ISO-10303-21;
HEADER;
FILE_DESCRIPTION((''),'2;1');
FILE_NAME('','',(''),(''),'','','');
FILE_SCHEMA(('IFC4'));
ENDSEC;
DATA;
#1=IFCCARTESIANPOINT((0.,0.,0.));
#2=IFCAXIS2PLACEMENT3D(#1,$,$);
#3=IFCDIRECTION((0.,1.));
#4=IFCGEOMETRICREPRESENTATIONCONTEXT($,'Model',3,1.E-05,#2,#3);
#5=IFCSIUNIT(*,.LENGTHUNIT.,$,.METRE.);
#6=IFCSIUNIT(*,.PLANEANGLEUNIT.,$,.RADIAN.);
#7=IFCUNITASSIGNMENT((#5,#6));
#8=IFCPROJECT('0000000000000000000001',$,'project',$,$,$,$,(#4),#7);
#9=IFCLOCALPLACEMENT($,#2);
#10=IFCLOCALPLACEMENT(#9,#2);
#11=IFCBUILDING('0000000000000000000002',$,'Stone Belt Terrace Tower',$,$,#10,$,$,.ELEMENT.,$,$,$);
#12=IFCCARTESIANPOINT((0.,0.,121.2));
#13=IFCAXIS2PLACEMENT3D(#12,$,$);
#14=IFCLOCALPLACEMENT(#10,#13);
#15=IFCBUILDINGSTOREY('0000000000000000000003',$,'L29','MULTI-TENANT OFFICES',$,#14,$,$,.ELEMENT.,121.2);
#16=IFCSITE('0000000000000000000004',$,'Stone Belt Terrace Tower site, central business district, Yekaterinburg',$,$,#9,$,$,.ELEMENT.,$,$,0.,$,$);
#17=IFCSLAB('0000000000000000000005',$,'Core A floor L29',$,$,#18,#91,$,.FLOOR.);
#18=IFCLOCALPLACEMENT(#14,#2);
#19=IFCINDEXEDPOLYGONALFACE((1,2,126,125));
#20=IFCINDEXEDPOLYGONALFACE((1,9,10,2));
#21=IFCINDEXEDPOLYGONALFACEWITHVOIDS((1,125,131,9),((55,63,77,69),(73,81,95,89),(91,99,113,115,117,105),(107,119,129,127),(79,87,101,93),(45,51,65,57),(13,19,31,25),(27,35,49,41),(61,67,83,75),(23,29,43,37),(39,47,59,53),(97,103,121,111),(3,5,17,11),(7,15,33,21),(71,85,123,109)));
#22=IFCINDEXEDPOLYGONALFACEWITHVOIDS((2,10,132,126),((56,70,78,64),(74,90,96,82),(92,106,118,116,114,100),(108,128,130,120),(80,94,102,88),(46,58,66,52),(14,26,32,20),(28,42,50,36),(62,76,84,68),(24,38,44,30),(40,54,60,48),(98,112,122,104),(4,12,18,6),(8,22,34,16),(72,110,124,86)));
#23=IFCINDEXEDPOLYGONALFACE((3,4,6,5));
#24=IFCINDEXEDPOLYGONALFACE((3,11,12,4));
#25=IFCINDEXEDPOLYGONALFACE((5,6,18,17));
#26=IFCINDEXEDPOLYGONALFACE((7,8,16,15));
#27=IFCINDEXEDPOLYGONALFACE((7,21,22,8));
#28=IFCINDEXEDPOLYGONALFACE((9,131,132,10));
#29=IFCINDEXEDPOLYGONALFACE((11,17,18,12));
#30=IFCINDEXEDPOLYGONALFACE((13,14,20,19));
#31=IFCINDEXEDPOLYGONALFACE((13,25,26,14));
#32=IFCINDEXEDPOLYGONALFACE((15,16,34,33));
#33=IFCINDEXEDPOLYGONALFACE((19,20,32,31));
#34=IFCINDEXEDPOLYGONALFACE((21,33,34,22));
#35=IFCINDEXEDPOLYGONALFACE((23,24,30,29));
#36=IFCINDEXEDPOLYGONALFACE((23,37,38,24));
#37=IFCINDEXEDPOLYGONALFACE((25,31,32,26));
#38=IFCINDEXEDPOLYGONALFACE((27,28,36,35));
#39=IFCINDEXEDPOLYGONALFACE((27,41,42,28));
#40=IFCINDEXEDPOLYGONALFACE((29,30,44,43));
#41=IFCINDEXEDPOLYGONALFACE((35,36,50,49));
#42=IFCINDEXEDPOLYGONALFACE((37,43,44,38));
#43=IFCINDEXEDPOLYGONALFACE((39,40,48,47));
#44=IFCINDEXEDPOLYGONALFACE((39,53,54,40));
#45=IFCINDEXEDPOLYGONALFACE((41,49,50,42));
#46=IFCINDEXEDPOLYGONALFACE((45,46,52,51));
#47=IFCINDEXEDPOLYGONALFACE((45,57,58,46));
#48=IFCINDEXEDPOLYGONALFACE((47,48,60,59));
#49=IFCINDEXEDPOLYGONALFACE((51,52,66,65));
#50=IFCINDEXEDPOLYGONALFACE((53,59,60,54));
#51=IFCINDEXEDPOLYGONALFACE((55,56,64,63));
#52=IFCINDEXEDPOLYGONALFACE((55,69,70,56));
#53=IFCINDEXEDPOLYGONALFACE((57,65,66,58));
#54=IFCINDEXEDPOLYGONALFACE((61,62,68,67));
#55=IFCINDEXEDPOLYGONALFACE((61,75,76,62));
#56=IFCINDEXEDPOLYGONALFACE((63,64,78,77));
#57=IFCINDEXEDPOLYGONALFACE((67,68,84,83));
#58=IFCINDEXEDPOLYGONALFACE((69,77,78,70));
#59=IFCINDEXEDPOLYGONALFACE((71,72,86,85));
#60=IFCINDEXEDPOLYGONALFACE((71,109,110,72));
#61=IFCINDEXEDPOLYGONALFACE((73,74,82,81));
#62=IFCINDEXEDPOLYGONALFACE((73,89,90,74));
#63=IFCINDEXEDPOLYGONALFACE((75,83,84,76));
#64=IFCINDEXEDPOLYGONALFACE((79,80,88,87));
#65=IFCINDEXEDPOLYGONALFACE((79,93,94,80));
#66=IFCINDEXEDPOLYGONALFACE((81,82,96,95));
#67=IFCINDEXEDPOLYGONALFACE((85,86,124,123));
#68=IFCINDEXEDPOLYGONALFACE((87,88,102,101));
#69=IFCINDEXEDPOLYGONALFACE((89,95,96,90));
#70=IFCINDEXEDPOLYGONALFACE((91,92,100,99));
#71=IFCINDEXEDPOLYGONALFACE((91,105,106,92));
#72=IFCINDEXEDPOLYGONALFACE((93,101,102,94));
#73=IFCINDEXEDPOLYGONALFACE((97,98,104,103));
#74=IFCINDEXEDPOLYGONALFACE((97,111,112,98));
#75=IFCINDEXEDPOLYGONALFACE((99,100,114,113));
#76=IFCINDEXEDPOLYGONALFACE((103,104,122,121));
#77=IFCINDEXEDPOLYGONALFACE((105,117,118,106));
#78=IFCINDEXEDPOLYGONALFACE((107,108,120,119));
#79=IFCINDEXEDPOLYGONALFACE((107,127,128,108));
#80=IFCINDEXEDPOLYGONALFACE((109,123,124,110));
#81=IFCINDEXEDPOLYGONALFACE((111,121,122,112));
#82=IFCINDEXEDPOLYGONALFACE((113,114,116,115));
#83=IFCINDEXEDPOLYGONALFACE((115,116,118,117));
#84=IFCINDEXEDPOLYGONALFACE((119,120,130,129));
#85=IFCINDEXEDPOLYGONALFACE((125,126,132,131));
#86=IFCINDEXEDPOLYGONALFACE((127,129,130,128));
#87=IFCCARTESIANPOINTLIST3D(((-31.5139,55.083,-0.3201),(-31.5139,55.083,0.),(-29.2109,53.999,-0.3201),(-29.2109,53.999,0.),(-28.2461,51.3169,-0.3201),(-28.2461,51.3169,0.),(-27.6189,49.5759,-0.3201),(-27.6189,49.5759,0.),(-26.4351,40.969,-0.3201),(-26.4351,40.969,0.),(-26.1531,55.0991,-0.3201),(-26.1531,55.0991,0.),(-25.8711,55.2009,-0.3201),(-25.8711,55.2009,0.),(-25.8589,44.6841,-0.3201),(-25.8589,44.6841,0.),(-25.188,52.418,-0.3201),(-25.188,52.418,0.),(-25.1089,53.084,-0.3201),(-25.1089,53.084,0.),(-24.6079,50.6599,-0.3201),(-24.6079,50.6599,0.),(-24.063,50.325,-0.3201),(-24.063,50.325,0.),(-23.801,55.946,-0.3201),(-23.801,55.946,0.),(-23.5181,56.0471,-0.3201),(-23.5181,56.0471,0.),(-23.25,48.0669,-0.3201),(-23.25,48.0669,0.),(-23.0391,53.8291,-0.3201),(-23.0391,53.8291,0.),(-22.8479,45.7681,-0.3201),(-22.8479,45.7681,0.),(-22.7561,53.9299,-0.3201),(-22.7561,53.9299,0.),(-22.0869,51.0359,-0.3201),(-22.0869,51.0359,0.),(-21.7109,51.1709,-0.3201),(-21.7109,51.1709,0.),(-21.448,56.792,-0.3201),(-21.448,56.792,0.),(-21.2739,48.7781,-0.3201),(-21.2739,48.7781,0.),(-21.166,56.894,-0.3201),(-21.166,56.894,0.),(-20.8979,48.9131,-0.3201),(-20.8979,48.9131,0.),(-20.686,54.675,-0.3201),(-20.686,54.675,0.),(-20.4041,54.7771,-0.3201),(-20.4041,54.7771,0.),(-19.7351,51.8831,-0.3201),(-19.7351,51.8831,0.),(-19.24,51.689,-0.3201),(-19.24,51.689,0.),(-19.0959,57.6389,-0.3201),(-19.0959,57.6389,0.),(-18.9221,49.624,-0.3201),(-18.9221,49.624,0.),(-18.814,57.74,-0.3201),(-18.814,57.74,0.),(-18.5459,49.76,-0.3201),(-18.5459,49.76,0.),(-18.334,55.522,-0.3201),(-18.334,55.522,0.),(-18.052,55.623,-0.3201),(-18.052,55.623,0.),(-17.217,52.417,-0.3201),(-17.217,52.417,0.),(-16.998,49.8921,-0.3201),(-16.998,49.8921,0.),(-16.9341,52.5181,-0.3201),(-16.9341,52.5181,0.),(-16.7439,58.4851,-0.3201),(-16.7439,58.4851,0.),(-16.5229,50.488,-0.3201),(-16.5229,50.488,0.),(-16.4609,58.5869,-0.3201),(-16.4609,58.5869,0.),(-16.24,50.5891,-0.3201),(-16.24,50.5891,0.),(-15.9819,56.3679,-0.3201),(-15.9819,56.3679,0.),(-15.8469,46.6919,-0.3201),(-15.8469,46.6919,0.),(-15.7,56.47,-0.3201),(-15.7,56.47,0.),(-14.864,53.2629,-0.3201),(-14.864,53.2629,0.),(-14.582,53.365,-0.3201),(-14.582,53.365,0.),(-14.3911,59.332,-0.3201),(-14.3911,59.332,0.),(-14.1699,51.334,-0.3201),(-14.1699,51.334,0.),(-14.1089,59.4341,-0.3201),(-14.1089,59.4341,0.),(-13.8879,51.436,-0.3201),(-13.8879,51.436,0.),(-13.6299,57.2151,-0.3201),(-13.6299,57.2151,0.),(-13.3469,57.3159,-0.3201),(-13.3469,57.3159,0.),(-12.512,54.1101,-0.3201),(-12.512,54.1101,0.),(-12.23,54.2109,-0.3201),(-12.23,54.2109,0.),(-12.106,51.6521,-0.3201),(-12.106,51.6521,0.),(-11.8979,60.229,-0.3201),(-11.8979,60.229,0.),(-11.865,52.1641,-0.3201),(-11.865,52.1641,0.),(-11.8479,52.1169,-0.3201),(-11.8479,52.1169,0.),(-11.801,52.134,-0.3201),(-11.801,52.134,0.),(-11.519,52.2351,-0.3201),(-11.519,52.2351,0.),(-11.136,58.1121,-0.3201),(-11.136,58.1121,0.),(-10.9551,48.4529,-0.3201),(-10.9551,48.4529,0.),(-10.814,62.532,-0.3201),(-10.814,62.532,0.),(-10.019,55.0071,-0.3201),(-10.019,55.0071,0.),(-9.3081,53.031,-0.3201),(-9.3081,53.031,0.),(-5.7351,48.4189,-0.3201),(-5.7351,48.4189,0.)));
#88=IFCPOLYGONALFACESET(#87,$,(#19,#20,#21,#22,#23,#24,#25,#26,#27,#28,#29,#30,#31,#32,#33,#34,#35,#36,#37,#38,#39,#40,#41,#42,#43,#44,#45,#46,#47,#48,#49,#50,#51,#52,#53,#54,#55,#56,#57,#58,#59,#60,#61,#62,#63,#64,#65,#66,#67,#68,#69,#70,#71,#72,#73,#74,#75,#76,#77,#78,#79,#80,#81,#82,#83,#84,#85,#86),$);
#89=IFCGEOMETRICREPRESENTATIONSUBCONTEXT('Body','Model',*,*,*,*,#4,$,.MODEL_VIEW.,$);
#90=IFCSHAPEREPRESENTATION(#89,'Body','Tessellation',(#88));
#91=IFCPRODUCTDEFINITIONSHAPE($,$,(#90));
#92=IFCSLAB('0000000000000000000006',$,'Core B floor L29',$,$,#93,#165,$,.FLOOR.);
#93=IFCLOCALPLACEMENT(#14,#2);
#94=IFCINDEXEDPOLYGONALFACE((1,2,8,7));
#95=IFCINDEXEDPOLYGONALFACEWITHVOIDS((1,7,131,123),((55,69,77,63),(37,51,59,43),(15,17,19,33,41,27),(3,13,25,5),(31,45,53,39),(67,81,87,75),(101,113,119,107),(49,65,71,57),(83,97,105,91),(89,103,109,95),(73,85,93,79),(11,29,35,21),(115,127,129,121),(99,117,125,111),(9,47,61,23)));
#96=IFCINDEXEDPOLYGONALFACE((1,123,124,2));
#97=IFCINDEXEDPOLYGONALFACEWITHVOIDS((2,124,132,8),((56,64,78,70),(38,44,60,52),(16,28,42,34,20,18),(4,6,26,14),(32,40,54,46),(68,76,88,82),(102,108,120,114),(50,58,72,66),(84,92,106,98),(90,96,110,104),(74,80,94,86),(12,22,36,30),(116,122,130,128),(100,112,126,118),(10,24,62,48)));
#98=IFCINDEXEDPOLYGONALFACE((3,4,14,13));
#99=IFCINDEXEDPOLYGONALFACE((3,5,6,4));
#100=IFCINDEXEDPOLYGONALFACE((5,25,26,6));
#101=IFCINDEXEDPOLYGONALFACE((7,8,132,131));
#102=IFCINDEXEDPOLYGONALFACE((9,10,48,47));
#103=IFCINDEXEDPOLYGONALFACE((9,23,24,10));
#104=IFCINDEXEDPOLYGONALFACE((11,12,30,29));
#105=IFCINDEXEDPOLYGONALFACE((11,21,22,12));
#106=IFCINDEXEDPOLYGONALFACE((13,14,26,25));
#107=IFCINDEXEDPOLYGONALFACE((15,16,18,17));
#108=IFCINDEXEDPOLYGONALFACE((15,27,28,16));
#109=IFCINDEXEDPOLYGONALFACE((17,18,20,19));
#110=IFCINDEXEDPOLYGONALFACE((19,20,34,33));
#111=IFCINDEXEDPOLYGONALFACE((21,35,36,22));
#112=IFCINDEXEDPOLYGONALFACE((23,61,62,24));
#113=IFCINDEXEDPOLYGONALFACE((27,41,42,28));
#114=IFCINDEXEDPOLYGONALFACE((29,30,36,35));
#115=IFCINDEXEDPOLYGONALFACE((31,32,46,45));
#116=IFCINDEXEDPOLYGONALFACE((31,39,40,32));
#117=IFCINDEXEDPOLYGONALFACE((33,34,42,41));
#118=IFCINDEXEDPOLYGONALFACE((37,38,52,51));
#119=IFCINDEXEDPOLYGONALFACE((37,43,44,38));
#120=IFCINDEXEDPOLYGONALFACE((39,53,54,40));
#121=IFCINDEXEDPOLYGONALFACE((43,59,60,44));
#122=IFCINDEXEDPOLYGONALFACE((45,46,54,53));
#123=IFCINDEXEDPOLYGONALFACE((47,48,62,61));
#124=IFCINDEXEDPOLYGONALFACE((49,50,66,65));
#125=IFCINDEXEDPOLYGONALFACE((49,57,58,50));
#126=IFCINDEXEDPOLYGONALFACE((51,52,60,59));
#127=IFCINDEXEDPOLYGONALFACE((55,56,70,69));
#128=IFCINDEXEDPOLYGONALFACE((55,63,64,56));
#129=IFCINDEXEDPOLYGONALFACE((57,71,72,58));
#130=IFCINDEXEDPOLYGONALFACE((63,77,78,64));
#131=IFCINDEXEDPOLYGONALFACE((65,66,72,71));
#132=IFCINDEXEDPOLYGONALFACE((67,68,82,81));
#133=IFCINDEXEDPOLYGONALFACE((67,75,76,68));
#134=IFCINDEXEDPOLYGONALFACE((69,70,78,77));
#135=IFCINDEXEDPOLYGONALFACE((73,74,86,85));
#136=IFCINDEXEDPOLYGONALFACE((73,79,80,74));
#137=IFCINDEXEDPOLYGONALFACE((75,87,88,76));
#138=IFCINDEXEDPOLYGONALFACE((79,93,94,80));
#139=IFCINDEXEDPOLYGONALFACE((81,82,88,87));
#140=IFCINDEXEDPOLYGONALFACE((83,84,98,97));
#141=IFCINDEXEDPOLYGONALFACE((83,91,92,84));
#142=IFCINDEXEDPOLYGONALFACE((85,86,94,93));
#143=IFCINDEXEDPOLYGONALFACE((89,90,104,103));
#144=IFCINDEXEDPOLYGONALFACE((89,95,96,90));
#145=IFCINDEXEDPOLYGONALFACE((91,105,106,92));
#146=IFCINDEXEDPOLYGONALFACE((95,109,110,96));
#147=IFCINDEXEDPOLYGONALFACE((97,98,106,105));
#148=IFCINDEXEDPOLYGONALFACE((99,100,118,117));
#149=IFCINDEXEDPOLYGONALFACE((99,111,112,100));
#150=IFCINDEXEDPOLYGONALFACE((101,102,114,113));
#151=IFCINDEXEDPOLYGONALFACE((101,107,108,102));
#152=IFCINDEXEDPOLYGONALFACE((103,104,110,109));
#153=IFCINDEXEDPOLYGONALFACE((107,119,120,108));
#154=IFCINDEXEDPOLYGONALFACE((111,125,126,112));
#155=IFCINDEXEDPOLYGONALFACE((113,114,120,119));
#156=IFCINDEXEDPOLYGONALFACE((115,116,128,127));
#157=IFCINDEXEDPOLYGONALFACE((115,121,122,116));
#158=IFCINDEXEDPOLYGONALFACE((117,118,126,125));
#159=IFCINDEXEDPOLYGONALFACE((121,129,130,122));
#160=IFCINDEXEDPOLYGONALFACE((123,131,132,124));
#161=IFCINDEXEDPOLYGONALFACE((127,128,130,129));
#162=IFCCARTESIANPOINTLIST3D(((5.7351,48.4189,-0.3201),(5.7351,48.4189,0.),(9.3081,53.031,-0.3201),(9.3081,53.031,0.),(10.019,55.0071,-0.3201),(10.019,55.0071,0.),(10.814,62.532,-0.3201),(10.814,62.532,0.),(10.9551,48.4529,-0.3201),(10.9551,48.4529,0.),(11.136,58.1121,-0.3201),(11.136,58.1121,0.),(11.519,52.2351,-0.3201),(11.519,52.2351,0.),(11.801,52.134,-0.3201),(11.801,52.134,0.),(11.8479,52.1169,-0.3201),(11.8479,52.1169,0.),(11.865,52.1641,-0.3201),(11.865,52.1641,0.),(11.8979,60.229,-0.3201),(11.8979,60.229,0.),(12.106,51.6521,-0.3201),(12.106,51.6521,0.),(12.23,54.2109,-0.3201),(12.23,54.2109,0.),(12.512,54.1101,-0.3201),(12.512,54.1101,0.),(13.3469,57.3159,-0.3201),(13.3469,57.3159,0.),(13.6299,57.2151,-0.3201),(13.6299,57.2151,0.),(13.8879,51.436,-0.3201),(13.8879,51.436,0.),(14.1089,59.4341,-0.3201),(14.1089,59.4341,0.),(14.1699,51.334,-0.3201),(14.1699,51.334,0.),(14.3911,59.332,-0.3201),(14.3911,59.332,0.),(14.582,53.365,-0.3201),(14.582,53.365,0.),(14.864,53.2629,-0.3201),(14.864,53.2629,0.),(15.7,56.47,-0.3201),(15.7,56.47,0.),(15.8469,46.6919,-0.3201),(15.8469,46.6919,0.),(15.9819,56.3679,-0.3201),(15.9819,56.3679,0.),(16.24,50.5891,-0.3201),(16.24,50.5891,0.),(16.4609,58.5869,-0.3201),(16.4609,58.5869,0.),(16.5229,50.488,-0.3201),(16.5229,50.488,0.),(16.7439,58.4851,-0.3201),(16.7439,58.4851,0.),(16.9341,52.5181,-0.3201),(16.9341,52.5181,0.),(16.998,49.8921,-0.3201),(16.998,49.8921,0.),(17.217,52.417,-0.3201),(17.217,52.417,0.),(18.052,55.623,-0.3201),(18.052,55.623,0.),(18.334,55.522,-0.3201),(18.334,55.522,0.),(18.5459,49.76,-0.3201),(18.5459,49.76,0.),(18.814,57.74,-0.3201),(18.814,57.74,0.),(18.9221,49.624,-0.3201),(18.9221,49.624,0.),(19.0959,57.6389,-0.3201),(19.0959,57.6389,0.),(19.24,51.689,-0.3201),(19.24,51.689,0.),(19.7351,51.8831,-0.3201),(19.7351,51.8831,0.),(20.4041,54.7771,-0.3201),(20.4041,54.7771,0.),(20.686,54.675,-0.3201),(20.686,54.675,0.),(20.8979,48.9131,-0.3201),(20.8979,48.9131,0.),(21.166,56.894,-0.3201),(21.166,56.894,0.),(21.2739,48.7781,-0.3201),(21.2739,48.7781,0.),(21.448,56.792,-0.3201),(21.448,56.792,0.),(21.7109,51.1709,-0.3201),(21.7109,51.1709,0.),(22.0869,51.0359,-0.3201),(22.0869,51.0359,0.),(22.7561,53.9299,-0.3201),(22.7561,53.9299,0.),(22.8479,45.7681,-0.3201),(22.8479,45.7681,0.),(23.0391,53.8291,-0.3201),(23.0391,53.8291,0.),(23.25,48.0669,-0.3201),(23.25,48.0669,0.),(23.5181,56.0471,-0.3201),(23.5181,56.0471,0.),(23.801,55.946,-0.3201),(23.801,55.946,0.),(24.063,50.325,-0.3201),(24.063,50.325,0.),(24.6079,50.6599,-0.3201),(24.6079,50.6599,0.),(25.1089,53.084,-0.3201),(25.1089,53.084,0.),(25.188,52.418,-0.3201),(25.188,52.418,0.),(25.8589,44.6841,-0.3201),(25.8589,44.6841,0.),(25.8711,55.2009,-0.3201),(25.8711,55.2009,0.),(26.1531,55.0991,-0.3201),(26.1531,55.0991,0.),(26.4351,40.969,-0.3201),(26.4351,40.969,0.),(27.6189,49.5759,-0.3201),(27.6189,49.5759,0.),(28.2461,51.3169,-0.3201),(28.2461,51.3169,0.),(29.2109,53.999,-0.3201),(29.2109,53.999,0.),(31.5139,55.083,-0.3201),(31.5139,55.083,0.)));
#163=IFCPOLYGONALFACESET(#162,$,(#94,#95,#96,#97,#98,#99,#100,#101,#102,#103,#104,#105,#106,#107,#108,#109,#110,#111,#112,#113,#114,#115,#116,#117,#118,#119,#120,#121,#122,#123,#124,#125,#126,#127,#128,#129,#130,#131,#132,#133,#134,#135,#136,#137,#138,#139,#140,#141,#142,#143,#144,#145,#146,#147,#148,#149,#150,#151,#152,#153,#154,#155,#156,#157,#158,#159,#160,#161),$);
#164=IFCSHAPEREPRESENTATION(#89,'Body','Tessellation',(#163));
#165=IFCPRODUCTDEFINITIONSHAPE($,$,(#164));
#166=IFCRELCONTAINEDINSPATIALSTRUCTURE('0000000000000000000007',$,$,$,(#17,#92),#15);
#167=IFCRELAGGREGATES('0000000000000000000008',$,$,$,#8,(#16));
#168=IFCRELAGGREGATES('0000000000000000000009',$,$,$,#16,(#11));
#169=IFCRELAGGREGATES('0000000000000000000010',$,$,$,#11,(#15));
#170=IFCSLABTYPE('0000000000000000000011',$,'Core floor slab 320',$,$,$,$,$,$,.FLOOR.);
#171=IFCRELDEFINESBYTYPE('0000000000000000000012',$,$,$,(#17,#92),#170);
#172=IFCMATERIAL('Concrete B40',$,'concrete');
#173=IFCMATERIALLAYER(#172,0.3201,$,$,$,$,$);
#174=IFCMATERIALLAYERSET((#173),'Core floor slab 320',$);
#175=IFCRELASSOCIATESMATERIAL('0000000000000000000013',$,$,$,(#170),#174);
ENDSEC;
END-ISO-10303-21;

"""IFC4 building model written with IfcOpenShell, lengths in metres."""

from ifc_helpers import new_model, si_unit, direction, frame, origin, place, context, subcontext, project, spatial, polyline, outline, extrude, material, layer, layer_set, type_object, element, save


model = new_model("IFC4")

# Units and contexts
model_context = context("Model", 3, precision=1e-05, world=origin(), true_north=direction((0.0, 1.0)))
body_context = subcontext(model_context, "Body", "Model", "MODEL_VIEW")
ifc_project = project(units=[si_unit("LENGTHUNIT", "METRE"), si_unit("PLANEANGLEUNIT", "RADIAN")], contexts=[model_context])

# Site, building, storey
site_placement = place(None, origin())
site = spatial("IfcSite", under=ifc_project, at=site_placement, Name="Stone Belt Terrace Tower site, central business district, Yekaterinburg", CompositionType="ELEMENT", RefElevation=0.0)
building_placement = place(site_placement, origin())
building = spatial("IfcBuilding", under=site, at=building_placement, Name="Stone Belt Terrace Tower", CompositionType="ELEMENT")
storey_placement = place(building_placement, frame((0.0, 0.0, 121.2)))
storey = spatial("IfcBuildingStorey", under=building, at=storey_placement, Name="L29", Description="MULTI-TENANT OFFICES", CompositionType="ELEMENT", Elevation=121.2)

# Slabs
ifc_material_1 = material(Name="Concrete B40", Category="concrete")
ifc_layer_1 = layer(ifc_material_1, 0.3201)
ifc_layer_set_1 = layer_set([ifc_layer_1], Name="Core floor slab 320")
slab_type = type_object("IfcSlabType", Name="Core floor slab 320", PredefinedType="FLOOR", material=ifc_layer_set_1)
slab_1_placement = place(storey_placement, frame((0.0, 0.0, -0.3201)))
element("IfcSlab", 1, at=slab_1_placement, inside=storey, type_object=slab_type, Name="Core A floor L29", PredefinedType="FLOOR", context=body_context, shape_type="SweptSolid", body=[
    extrude(outline(polyline([(-26.4351, 40.969), (-5.7351, 48.4189), (-10.814, 62.532), (-31.5139, 55.083), (-26.4351, 40.969)]), holes=[polyline([(-24.6079, 50.6599), (-22.8479, 45.7681), (-25.8589, 44.6841), (-27.6189, 49.5759), (-24.6079, 50.6599)]), polyline([(-21.2739, 48.7781), (-23.25, 48.0669), (-24.063, 50.325), (-22.0869, 51.0359), (-21.2739, 48.7781)]), polyline([(-18.9221, 49.624), (-20.8979, 48.9131), (-21.7109, 51.1709), (-19.7351, 51.8831), (-18.9221, 49.624)]), polyline([(-19.24, 51.689), (-17.217, 52.417), (-16.5229, 50.488), (-18.5459, 49.76), (-19.24, 51.689)]), polyline([(-29.2109, 53.999), (-26.1531, 55.0991), (-25.188, 52.418), (-28.2461, 51.3169), (-29.2109, 53.999)]), polyline([(-23.801, 55.946), (-23.0391, 53.8291), (-25.1089, 53.084), (-25.8711, 55.2009), (-23.801, 55.946)]), polyline([(-21.448, 56.792), (-20.686, 54.675), (-22.7561, 53.9299), (-23.5181, 56.0471), (-21.448, 56.792)]), polyline([(-19.0959, 57.6389), (-18.334, 55.522), (-20.4041, 54.7771), (-21.166, 56.894), (-19.0959, 57.6389)]), polyline([(-15.8469, 46.6919), (-16.998, 49.8921), (-12.106, 51.6521), (-10.9551, 48.4529), (-15.8469, 46.6919)]), polyline([(-16.24, 50.5891), (-16.9341, 52.5181), (-14.864, 53.2629), (-14.1699, 51.334), (-16.24, 50.5891)]), polyline([(-11.801, 52.134), (-11.8479, 52.1169), (-11.865, 52.1641), (-13.8879, 51.436), (-14.582, 53.365), (-12.512, 54.1101), (-11.801, 52.134)]), polyline([(-9.3081, 53.031), (-11.519, 52.2351), (-12.23, 54.2109), (-10.019, 55.0071), (-9.3081, 53.031)]), polyline([(-16.7439, 58.4851), (-15.9819, 56.3679), (-18.052, 55.623), (-18.814, 57.74), (-16.7439, 58.4851)]), polyline([(-14.3911, 59.332), (-13.6299, 57.2151), (-15.7, 56.47), (-16.4609, 58.5869), (-14.3911, 59.332)]), polyline([(-11.8979, 60.229), (-11.136, 58.1121), (-13.3469, 57.3159), (-14.1089, 59.4341), (-11.8979, 60.229)])]), origin(), (0.0, 0.0, 1.0), 0.3201),
])
slab_2_placement = place(storey_placement, frame((0.0, 0.0, -0.3201)))
element("IfcSlab", 2, at=slab_2_placement, inside=storey, type_object=slab_type, Name="Core B floor L29", PredefinedType="FLOOR", context=body_context, shape_type="SweptSolid", body=[
    extrude(outline(polyline([(26.4351, 40.969), (31.5139, 55.083), (10.814, 62.532), (5.7351, 48.4189), (26.4351, 40.969)]), holes=[polyline([(12.106, 51.6521), (16.998, 49.8921), (15.8469, 46.6919), (10.9551, 48.4529), (12.106, 51.6521)]), polyline([(19.24, 51.689), (18.5459, 49.76), (16.5229, 50.488), (17.217, 52.417), (19.24, 51.689)]), polyline([(16.24, 50.5891), (14.1699, 51.334), (14.864, 53.2629), (16.9341, 52.5181), (16.24, 50.5891)]), polyline([(14.582, 53.365), (13.8879, 51.436), (11.865, 52.1641), (11.8479, 52.1169), (11.801, 52.134), (12.512, 54.1101), (14.582, 53.365)]), polyline([(9.3081, 53.031), (10.019, 55.0071), (12.23, 54.2109), (11.519, 52.2351), (9.3081, 53.031)]), polyline([(16.7439, 58.4851), (18.814, 57.74), (18.052, 55.623), (15.9819, 56.3679), (16.7439, 58.4851)]), polyline([(14.3911, 59.332), (16.4609, 58.5869), (15.7, 56.47), (13.6299, 57.2151), (14.3911, 59.332)]), polyline([(11.8979, 60.229), (14.1089, 59.4341), (13.3469, 57.3159), (11.136, 58.1121), (11.8979, 60.229)]), polyline([(25.8589, 44.6841), (22.8479, 45.7681), (24.6079, 50.6599), (27.6189, 49.5759), (25.8589, 44.6841)]), polyline([(21.2739, 48.7781), (22.0869, 51.0359), (24.063, 50.325), (23.25, 48.0669), (21.2739, 48.7781)]), polyline([(18.9221, 49.624), (19.7351, 51.8831), (21.7109, 51.1709), (20.8979, 48.9131), (18.9221, 49.624)]), polyline([(29.2109, 53.999), (28.2461, 51.3169), (25.188, 52.418), (26.1531, 55.0991), (29.2109, 53.999)]), polyline([(23.801, 55.946), (25.8711, 55.2009), (25.1089, 53.084), (23.0391, 53.8291), (23.801, 55.946)]), polyline([(21.448, 56.792), (23.5181, 56.0471), (22.7561, 53.9299), (20.686, 54.675), (21.448, 56.792)]), polyline([(19.0959, 57.6389), (21.166, 56.894), (20.4041, 54.7771), (18.334, 55.522), (19.0959, 57.6389)])]), origin(), (0.0, 0.0, 1.0), 0.3201),
])

save(model, "model.ifc")
